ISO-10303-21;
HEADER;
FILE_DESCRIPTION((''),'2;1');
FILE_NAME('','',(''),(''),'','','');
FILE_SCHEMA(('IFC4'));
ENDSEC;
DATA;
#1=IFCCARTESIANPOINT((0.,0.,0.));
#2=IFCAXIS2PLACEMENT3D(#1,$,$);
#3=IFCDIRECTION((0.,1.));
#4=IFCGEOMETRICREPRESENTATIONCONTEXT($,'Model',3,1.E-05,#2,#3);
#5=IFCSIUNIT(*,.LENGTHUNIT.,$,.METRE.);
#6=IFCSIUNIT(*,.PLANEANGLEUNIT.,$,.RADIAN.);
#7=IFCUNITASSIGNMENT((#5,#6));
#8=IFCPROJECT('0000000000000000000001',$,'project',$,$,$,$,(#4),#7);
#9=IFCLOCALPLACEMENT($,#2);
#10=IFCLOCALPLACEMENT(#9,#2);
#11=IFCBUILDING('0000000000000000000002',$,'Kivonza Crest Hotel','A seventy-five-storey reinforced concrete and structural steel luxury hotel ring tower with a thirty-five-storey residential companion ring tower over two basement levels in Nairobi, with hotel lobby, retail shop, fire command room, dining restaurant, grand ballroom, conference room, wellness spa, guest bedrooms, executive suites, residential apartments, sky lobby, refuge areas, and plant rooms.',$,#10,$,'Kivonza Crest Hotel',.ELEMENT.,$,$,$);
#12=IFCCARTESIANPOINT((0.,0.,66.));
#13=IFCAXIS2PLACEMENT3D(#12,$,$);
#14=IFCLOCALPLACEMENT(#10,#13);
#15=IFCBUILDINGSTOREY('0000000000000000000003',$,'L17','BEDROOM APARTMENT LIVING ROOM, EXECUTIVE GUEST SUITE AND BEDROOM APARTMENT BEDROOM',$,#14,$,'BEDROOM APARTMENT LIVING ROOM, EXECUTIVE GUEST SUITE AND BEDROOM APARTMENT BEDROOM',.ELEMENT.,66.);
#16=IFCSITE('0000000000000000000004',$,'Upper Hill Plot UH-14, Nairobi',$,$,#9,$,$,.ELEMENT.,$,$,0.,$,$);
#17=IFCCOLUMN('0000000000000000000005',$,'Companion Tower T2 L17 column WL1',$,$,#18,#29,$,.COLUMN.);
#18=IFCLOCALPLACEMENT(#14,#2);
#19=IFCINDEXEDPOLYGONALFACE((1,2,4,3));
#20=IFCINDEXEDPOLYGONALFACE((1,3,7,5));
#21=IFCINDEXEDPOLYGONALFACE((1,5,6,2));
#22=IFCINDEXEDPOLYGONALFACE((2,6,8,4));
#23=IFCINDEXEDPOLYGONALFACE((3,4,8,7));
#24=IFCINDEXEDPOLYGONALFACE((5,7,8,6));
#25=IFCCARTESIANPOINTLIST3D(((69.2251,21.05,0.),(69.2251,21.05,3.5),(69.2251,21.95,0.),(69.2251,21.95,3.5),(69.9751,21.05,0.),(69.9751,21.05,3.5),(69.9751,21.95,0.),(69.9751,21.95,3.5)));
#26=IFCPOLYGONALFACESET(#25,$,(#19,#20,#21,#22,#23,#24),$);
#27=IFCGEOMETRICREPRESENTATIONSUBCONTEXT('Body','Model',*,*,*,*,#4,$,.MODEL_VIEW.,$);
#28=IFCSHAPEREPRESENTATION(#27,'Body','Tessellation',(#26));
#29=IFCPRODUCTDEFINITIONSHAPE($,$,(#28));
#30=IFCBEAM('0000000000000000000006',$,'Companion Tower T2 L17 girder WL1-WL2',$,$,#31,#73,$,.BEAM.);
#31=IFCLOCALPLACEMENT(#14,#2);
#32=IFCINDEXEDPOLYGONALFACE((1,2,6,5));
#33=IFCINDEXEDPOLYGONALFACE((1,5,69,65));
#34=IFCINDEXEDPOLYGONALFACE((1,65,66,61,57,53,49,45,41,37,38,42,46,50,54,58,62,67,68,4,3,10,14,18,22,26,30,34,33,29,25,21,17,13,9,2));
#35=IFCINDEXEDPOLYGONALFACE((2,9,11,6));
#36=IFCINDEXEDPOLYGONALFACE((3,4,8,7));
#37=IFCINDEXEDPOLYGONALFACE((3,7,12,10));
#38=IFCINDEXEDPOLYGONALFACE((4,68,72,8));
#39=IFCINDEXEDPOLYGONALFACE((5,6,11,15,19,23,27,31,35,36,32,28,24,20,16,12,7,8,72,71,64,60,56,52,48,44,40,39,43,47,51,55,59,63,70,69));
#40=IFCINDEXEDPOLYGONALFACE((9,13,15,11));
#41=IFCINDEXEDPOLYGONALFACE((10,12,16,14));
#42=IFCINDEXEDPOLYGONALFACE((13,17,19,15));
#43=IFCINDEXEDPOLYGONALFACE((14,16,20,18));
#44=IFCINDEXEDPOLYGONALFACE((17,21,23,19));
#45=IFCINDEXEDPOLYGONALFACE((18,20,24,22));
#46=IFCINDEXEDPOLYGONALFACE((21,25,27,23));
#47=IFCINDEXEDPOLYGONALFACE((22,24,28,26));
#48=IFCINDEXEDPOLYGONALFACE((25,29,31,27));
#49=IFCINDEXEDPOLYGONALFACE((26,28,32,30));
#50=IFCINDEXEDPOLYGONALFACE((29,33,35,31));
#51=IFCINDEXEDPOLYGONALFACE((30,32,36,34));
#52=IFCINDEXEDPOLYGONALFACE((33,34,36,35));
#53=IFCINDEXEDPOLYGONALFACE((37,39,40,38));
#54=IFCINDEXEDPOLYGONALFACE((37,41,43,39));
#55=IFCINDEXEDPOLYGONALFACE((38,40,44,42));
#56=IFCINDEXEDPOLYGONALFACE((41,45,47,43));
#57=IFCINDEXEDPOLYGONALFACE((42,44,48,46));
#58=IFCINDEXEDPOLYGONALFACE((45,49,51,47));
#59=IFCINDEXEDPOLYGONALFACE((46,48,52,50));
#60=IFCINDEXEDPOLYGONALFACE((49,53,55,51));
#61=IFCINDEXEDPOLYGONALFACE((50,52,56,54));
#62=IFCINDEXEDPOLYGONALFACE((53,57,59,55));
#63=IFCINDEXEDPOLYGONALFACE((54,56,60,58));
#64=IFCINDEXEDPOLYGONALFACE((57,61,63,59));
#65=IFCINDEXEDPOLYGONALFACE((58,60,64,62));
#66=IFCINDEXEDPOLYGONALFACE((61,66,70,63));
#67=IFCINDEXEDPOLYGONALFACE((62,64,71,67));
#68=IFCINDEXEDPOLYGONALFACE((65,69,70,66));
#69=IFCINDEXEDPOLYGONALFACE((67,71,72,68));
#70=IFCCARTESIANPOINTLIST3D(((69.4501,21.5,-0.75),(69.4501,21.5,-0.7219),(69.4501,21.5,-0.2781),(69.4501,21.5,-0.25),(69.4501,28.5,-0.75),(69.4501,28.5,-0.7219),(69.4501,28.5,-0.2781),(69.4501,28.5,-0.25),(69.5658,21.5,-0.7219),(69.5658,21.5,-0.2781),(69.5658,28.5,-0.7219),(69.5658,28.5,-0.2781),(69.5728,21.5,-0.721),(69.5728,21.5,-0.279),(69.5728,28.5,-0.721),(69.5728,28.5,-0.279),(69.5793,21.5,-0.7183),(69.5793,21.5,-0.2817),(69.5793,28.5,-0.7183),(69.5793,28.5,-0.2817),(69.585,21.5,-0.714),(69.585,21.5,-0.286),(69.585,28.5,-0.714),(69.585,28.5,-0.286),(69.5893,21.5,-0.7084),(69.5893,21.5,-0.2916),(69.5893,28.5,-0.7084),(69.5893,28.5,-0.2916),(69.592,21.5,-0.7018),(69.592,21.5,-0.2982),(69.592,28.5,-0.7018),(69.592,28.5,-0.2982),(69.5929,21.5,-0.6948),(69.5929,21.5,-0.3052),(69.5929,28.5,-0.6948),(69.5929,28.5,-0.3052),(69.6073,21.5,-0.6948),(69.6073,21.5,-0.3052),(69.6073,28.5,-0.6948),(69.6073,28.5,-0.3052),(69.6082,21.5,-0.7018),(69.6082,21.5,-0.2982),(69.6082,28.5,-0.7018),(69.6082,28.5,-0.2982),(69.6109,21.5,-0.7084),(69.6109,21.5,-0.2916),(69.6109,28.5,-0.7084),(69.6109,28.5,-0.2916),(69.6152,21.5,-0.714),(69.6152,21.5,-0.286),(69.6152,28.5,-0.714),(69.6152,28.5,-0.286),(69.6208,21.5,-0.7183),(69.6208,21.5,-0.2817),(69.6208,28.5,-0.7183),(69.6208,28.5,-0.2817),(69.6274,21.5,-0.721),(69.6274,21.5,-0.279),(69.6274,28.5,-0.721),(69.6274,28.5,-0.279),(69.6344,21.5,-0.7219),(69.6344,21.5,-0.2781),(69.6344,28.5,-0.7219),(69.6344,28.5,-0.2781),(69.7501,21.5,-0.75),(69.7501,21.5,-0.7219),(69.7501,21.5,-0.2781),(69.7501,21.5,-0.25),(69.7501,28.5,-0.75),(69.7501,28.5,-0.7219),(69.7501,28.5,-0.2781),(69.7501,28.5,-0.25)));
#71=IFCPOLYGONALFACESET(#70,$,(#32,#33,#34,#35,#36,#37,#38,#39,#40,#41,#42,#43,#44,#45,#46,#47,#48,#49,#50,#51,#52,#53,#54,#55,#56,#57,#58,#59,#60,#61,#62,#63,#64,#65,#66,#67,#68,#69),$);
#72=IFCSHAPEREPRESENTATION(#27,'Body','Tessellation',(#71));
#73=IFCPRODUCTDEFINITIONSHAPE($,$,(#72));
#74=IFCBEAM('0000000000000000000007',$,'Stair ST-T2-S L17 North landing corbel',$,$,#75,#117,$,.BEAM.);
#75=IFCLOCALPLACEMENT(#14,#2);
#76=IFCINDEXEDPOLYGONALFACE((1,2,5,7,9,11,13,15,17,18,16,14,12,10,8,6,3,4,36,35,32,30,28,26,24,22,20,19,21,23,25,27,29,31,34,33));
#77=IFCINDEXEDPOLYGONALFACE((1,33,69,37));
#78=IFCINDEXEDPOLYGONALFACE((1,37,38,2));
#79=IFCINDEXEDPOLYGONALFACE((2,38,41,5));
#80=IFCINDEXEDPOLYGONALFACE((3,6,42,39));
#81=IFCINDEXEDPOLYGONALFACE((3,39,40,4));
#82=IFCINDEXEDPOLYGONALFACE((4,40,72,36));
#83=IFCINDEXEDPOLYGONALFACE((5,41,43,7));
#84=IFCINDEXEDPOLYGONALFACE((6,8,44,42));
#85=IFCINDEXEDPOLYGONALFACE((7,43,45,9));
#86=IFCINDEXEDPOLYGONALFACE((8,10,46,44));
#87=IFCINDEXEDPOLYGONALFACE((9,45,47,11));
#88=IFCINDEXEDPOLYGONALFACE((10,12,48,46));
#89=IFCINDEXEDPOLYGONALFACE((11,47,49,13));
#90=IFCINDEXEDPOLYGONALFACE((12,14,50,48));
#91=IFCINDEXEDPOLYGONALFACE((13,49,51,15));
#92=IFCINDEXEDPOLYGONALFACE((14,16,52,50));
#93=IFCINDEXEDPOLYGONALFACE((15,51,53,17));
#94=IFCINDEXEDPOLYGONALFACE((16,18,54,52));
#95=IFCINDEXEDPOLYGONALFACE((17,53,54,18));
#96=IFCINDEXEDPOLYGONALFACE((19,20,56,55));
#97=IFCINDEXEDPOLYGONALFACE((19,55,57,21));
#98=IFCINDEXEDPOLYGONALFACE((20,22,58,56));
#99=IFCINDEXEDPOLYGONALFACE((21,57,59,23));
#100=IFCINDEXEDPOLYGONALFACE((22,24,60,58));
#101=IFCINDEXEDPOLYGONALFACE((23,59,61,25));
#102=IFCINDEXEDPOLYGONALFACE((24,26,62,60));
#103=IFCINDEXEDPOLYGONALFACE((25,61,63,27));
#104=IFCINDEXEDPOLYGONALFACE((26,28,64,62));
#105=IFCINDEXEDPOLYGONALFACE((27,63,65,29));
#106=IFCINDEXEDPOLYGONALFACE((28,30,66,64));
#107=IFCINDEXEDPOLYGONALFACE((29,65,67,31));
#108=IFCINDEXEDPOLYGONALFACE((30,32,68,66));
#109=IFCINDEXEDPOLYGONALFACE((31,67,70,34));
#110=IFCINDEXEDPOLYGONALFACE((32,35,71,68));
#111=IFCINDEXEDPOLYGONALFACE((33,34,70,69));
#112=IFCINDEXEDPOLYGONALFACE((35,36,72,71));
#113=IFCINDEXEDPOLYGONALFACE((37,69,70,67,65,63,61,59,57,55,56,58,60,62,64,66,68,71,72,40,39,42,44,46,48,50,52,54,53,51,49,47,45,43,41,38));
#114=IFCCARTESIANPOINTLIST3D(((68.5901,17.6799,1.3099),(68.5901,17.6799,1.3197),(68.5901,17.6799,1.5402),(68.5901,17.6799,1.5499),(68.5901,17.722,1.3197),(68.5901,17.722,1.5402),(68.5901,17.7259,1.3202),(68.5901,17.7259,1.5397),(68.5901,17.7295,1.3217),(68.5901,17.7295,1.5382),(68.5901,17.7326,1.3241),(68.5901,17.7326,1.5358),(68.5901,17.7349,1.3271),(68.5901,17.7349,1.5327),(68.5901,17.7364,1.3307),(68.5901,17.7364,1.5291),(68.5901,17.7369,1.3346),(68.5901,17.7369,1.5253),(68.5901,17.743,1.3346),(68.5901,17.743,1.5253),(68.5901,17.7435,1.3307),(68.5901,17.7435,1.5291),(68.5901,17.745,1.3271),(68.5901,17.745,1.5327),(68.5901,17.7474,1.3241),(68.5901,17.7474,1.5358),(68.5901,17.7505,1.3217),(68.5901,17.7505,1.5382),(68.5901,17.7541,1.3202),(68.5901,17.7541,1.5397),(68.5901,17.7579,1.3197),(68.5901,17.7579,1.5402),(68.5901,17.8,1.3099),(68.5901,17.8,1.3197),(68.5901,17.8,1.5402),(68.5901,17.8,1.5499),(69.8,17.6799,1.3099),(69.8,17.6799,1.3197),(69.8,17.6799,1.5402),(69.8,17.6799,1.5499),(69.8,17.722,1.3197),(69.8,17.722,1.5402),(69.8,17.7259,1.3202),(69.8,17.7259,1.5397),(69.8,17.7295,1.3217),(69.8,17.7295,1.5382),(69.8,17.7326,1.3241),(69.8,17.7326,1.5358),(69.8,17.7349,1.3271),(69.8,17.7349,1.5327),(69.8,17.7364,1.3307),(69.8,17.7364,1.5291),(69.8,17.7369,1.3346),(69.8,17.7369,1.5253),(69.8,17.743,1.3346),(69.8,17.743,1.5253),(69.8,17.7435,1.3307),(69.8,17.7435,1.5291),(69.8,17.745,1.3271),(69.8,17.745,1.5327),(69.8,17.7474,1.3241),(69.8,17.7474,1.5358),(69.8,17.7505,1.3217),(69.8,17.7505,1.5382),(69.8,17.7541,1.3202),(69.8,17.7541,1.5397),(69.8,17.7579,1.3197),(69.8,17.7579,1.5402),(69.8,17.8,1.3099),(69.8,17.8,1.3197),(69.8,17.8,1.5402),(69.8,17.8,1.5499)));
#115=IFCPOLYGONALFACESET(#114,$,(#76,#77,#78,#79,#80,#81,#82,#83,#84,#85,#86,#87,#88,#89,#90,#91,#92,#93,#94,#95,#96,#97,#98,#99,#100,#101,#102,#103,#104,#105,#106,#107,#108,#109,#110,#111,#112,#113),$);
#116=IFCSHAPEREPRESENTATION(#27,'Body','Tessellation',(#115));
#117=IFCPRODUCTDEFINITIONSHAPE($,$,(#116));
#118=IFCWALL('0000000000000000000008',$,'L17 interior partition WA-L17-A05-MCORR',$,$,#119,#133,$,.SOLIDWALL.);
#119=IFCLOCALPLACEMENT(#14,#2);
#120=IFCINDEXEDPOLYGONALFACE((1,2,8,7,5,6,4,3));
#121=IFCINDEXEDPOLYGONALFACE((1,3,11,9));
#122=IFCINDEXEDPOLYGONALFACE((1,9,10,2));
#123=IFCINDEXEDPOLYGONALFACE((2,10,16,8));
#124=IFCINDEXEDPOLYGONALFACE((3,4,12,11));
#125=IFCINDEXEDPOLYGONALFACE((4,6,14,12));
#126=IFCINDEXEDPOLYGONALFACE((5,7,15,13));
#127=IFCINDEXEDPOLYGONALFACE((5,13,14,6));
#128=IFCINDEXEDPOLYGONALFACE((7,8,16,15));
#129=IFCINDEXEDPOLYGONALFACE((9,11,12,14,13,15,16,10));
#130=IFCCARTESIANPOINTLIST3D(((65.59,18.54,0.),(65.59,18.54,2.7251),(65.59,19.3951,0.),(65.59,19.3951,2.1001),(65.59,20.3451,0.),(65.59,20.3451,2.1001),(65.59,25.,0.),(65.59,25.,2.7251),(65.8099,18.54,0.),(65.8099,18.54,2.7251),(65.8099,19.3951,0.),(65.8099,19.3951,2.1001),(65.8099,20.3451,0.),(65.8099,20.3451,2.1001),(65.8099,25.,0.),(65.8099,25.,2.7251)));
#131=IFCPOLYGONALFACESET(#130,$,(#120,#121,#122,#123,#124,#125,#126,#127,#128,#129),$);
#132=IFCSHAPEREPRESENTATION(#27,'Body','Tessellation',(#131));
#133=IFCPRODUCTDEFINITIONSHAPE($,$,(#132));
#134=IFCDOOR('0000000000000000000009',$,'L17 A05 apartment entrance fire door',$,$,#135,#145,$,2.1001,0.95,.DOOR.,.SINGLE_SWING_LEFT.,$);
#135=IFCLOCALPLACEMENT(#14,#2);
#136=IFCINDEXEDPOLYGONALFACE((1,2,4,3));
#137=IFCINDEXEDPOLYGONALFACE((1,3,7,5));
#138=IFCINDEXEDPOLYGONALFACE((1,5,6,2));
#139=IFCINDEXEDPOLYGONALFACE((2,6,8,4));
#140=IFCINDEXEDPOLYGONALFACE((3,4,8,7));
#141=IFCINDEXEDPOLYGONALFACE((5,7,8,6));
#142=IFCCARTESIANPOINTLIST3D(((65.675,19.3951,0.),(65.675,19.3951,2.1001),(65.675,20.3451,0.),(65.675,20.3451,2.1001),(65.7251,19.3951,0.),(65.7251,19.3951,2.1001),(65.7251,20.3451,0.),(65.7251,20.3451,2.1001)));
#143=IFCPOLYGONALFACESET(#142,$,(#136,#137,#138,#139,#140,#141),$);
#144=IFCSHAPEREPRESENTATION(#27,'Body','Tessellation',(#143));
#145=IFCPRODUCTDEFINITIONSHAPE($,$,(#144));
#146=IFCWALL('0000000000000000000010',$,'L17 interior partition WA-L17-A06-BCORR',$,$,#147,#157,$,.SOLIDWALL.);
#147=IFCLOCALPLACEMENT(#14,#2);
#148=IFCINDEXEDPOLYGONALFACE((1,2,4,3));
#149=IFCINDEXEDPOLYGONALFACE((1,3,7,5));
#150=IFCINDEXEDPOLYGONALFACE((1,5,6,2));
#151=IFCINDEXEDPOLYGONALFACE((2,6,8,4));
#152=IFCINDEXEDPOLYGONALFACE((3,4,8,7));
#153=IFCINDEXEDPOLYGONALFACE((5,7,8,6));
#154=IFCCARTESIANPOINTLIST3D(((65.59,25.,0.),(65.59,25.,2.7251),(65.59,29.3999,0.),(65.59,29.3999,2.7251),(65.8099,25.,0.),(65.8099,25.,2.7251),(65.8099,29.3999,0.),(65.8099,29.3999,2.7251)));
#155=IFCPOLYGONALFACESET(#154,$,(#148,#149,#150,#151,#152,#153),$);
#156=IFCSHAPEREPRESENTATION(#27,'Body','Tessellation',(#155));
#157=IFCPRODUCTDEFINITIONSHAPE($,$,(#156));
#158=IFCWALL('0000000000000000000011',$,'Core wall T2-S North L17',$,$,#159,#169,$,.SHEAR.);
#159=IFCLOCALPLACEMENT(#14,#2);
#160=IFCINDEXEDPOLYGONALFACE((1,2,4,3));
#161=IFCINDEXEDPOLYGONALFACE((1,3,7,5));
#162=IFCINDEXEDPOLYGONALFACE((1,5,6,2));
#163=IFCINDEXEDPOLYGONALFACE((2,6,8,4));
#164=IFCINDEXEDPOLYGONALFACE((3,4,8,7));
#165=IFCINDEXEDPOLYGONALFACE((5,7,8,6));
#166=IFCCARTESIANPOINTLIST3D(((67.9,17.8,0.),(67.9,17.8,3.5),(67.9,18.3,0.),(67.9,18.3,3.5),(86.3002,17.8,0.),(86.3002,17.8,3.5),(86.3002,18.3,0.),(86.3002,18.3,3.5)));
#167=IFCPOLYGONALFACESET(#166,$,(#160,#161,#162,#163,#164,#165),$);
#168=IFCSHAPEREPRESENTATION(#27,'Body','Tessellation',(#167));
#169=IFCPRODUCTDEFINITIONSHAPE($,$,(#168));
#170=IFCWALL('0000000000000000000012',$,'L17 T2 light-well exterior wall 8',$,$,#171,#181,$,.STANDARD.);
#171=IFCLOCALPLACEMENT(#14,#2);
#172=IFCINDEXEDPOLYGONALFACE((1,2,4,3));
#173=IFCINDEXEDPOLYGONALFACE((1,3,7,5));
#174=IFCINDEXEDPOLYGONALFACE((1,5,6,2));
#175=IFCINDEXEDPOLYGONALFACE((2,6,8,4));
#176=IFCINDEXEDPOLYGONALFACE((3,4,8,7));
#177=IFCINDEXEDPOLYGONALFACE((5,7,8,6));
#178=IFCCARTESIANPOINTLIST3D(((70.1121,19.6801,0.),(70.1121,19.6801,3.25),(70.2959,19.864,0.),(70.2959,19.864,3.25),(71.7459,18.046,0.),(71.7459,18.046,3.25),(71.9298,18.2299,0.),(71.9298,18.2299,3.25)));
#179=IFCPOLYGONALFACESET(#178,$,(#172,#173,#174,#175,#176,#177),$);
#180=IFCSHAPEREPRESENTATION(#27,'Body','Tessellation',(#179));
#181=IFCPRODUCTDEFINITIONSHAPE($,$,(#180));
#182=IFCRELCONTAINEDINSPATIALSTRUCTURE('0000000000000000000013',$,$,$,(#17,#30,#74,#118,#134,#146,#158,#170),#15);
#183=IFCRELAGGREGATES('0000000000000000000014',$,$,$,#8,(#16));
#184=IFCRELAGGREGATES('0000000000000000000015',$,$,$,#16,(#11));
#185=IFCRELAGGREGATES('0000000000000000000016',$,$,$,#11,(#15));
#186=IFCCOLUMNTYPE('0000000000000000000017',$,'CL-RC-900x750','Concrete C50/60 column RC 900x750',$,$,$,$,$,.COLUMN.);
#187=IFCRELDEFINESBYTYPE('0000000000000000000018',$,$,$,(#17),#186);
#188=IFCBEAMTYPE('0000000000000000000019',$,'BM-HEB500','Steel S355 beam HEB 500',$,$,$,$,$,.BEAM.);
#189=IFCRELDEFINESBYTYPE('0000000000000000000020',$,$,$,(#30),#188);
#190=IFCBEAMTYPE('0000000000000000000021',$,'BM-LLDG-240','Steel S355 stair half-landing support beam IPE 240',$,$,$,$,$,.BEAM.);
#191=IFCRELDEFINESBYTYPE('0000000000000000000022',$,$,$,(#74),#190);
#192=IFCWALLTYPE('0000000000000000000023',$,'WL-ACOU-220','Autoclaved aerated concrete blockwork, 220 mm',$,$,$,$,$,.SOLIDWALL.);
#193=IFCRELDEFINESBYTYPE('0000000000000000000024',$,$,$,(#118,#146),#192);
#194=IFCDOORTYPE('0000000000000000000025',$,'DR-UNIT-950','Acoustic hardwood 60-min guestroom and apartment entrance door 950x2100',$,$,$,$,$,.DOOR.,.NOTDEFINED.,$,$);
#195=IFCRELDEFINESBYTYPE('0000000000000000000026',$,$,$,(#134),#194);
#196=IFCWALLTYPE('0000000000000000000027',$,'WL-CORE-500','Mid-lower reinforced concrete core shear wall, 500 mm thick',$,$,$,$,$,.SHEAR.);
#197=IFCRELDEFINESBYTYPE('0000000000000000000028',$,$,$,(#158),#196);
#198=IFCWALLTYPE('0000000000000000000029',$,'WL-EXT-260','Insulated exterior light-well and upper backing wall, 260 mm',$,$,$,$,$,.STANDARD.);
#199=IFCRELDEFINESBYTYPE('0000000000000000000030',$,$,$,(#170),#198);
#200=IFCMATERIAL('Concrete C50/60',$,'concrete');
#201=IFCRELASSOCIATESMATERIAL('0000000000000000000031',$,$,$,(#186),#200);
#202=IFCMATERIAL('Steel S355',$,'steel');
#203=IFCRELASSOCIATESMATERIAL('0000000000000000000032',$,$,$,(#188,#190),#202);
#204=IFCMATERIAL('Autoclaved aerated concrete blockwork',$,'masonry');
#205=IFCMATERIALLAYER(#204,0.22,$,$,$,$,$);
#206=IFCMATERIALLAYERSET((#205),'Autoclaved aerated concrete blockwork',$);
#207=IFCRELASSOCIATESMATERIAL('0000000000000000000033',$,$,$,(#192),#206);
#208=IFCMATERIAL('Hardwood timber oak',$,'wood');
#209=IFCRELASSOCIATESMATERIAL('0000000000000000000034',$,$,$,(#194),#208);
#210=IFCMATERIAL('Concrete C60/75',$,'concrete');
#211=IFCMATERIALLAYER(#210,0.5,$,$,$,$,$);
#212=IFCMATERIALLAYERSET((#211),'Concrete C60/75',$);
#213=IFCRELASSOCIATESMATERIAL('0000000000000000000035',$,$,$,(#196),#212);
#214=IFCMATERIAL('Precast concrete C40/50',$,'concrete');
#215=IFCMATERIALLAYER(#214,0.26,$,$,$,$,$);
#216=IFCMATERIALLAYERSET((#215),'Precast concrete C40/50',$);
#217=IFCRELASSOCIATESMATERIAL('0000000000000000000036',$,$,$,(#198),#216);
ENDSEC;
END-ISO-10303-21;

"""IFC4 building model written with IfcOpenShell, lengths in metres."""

from ifc_helpers import new_model, si_unit, direction, frame, frame_2d, origin, origin_2d, place, context, subcontext, project, spatial, rectangle, i_section, extrude, material, layer, layer_set, material_profile, profile_set, type_object, element, fill, save


model = new_model("IFC4")

# Units and contexts
model_context = context("Model", 3, precision=1e-05, world=origin(), true_north=direction((0.0, 1.0)))
body_context = subcontext(model_context, "Body", "Model", "MODEL_VIEW")
ifc_project = project(units=[si_unit("LENGTHUNIT", "METRE"), si_unit("PLANEANGLEUNIT", "RADIAN")], contexts=[model_context])

# Site, building, storey
site_placement = place(None, origin())
site = spatial("IfcSite", under=ifc_project, at=site_placement, Name="Upper Hill Plot UH-14, Nairobi", CompositionType="ELEMENT", RefElevation=0.0)
building_placement = place(site_placement, origin())
building = spatial("IfcBuilding", under=site, at=building_placement, Name="Kivonza Crest Hotel", Description="A seventy-five-storey reinforced concrete and structural steel luxury hotel ring tower with a thirty-five-storey residential companion ring tower over two basement levels in Nairobi, with hotel lobby, retail shop, fire command room, dining restaurant, grand ballroom, conference room, wellness spa, guest bedrooms, executive suites, residential apartments, sky lobby, refuge areas, and plant rooms.", LongName="Kivonza Crest Hotel", CompositionType="ELEMENT")
storey_placement = place(building_placement, frame((0.0, 0.0, 66.0)))
storey = spatial("IfcBuildingStorey", under=building, at=storey_placement, Name="L17", Description="BEDROOM APARTMENT LIVING ROOM, EXECUTIVE GUEST SUITE AND BEDROOM APARTMENT BEDROOM", LongName="BEDROOM APARTMENT LIVING ROOM, EXECUTIVE GUEST SUITE AND BEDROOM APARTMENT BEDROOM", CompositionType="ELEMENT", Elevation=66.0)

# Column
ifc_material_1 = material(Name="Concrete C50/60", Category="concrete")
ifc_material_profile_1 = material_profile(ifc_material_1, rectangle(XDim=0.75, YDim=0.8999, at=origin_2d()), Name="RC 900x750")
ifc_profile_set_1 = profile_set([ifc_material_profile_1], Name="Concrete C50/60")
column_type = type_object("IfcColumnType", Name="CL-RC-900x750", Description="Concrete C50/60 column RC 900x750", PredefinedType="COLUMN", material=ifc_profile_set_1)
column_placement = place(storey_placement, frame((69.6001, 21.5, 0.0), z_axis=(0.0, 0.0, 1.0), x_axis=(1.0, 0.0, 0.0)))
element("IfcColumn", 1, at=column_placement, inside=storey, type_object=column_type, Name="Companion Tower T2 L17 column WL1", PredefinedType="COLUMN", context=body_context, shape_type="SweptSolid", body=[
    extrude(rectangle(XDim=0.75, YDim=0.8999, at=origin_2d()), origin(), (0.0, 0.0, 1.0), 3.5),
])

# Beams
ifc_material_2 = material(Name="Steel S355", Category="steel")
ifc_material_profile_2 = material_profile(ifc_material_2, i_section(OverallWidth=0.3, OverallDepth=0.5, WebThickness=0.0144, FlangeThickness=0.0281, FilletRadius=0.0271, at=origin_2d()), Name="HEB 500")
ifc_profile_set_2 = profile_set([ifc_material_profile_2], Name="Steel S355")
beam_type_1 = type_object("IfcBeamType", Name="BM-HEB500", Description="Steel S355 beam HEB 500", PredefinedType="BEAM", material=ifc_profile_set_2)
beam_1_placement = place(storey_placement, frame((69.6001, 21.5, -0.5), z_axis=(0.0, 1.0, 0.0), x_axis=(-1.0, 0.0, 0.0)))
element("IfcBeam", 2, at=beam_1_placement, inside=storey, type_object=beam_type_1, Name="Companion Tower T2 L17 girder WL1-WL2", PredefinedType="BEAM", context=body_context, shape_type="SweptSolid", body=[
    extrude(i_section(OverallWidth=0.3, OverallDepth=0.5, WebThickness=0.0144, FlangeThickness=0.0281, FilletRadius=0.0271, at=origin_2d()), origin(), (0.0, 0.0, 1.0), 7.0),
])
ifc_material_profile_3 = material_profile(ifc_material_2, i_section(OverallWidth=0.1201, OverallDepth=0.24, WebThickness=0.0061, FlangeThickness=0.0098, FilletRadius=0.0149, at=origin_2d()), Name="IPE 240")
ifc_profile_set_3 = profile_set([ifc_material_profile_3], Name="Steel S355")
beam_type_2 = type_object("IfcBeamType", Name="BM-LLDG-240", Description="Steel S355 stair half-landing support beam IPE 240", PredefinedType="BEAM", material=ifc_profile_set_3)
beam_2_placement = place(storey_placement, frame((68.5901, 17.74, 1.4299), z_axis=(1.0, 0.0, 0.0), x_axis=(0.0, 1.0, 0.0)))
element("IfcBeam", 3, at=beam_2_placement, inside=storey, type_object=beam_type_2, Name="Stair ST-T2-S L17 North landing corbel", PredefinedType="BEAM", context=body_context, shape_type="SweptSolid", body=[
    extrude(i_section(OverallWidth=0.1201, OverallDepth=0.24, WebThickness=0.0061, FlangeThickness=0.0098, FilletRadius=0.0149, at=origin_2d()), origin(), (0.0, 0.0, 1.0), 1.21),
])

# Wall, opening, door
ifc_material_3 = material(Name="Autoclaved aerated concrete blockwork", Category="masonry")
ifc_layer_1 = layer(ifc_material_3, 0.22)
ifc_layer_set_1 = layer_set([ifc_layer_1], Name="Autoclaved aerated concrete blockwork")
wall_type_1 = type_object("IfcWallType", Name="WL-ACOU-220", Description="Autoclaved aerated concrete blockwork, 220 mm", PredefinedType="SOLIDWALL", material=ifc_layer_set_1)
wall_1_placement = place(storey_placement, frame((65.7, 18.54, 0.0), z_axis=(0.0, 0.0, 1.0), x_axis=(0.0, 1.0, 0.0)))
wall_1 = element("IfcWall", 4, at=wall_1_placement, inside=storey, type_object=wall_type_1, Name="L17 interior partition WA-L17-A05-MCORR", PredefinedType="SOLIDWALL", context=body_context, shape_type="SweptSolid", body=[
    extrude(rectangle(XDim=6.46, YDim=0.22, at=frame_2d((3.23, 0.0))), origin(), (0.0, 0.0, 1.0), 2.7251),
])
opening_placement = place(wall_1_placement, frame((0.855, 0.0, 0.0)))
opening = element("IfcOpeningElement", 5, at=opening_placement, cuts=wall_1, PredefinedType="OPENING", context=body_context, shape_type="SweptSolid", body=[
    extrude(rectangle(XDim=0.95, YDim=2.1001, at=frame_2d((0.4751, 1.05))), frame((0.0, 0.1201, 0.0), z_axis=(0.0, -1.0, 0.0), x_axis=(1.0, 0.0, 0.0)), (0.0, 0.0, 1.0), 0.24),
])
ifc_material_4 = material(Name="Hardwood timber oak", Category="wood")
door_type = type_object("IfcDoorType", Name="DR-UNIT-950", Description="Acoustic hardwood 60-min guestroom and apartment entrance door 950x2100", OperationType="NOTDEFINED", PredefinedType="DOOR", material=ifc_material_4)
door_placement = place(opening_placement, origin())
door = element("IfcDoor", 6, at=door_placement, inside=storey, type_object=door_type, Name="L17 A05 apartment entrance fire door", OperationType="SINGLE_SWING_LEFT", OverallHeight=2.1001, OverallWidth=0.95, PredefinedType="DOOR", context=body_context, shape_type="SweptSolid", body=[
    extrude(rectangle(XDim=0.95, YDim=2.1001, at=frame_2d((0.4751, 1.05))), frame((0.0, 0.0249, 0.0), z_axis=(0.0, -1.0, 0.0), x_axis=(1.0, 0.0, 0.0)), (0.0, 0.0, 1.0), 0.05),
])
fill(opening, door)

# Walls
wall_2_placement = place(storey_placement, frame((65.7, 25.0, 0.0), z_axis=(0.0, 0.0, 1.0), x_axis=(0.0, 1.0, 0.0)))
element("IfcWall", 7, at=wall_2_placement, inside=storey, type_object=wall_type_1, Name="L17 interior partition WA-L17-A06-BCORR", PredefinedType="SOLIDWALL", context=body_context, shape_type="SweptSolid", body=[
    extrude(rectangle(XDim=4.3999, YDim=0.22, at=frame_2d((2.2, 0.0))), origin(), (0.0, 0.0, 1.0), 2.7251),
])
ifc_material_5 = material(Name="Concrete C60/75", Category="concrete")
ifc_layer_2 = layer(ifc_material_5, 0.5)
ifc_layer_set_2 = layer_set([ifc_layer_2], Name="Concrete C60/75")
wall_type_2 = type_object("IfcWallType", Name="WL-CORE-500", Description="Mid-lower reinforced concrete core shear wall, 500 mm thick", PredefinedType="SHEAR", material=ifc_layer_set_2)
wall_3_placement = place(storey_placement, frame((67.8999, 18.05, 0.0), z_axis=(0.0, 0.0, 1.0), x_axis=(1.0, 0.0, 0.0)))
element("IfcWall", 8, at=wall_3_placement, inside=storey, type_object=wall_type_2, Name="Core wall T2-S North L17", PredefinedType="SHEAR", context=body_context, shape_type="SweptSolid", body=[
    extrude(rectangle(XDim=18.4001, YDim=0.5, at=frame_2d((9.2002, 0.0))), origin(), (0.0, 0.0, 1.0), 3.5),
])
ifc_material_6 = material(Name="Precast concrete C40/50", Category="concrete")
ifc_layer_3 = layer(ifc_material_6, 0.26)
ifc_layer_set_3 = layer_set([ifc_layer_3], Name="Precast concrete C40/50")
wall_type_3 = type_object("IfcWallType", Name="WL-EXT-260", Description="Insulated exterior light-well and upper backing wall, 260 mm", PredefinedType="STANDARD", material=ifc_layer_set_3)
wall_4_placement = place(storey_placement, frame((70.2041, 19.772, 0.0), z_axis=(0.0, 0.0, 1.0), x_axis=(0.707054, -0.70716, 0.0)))
element("IfcWall", 9, at=wall_4_placement, inside=storey, type_object=wall_type_3, Name="L17 T2 light-well exterior wall 8", PredefinedType="STANDARD", context=body_context, shape_type="SweptSolid", body=[
    extrude(rectangle(XDim=2.3108, YDim=0.26, at=frame_2d((1.1553, 0.0))), origin(), (0.0, 0.0, 1.0), 3.25),
])

save(model, "model.ifc")
